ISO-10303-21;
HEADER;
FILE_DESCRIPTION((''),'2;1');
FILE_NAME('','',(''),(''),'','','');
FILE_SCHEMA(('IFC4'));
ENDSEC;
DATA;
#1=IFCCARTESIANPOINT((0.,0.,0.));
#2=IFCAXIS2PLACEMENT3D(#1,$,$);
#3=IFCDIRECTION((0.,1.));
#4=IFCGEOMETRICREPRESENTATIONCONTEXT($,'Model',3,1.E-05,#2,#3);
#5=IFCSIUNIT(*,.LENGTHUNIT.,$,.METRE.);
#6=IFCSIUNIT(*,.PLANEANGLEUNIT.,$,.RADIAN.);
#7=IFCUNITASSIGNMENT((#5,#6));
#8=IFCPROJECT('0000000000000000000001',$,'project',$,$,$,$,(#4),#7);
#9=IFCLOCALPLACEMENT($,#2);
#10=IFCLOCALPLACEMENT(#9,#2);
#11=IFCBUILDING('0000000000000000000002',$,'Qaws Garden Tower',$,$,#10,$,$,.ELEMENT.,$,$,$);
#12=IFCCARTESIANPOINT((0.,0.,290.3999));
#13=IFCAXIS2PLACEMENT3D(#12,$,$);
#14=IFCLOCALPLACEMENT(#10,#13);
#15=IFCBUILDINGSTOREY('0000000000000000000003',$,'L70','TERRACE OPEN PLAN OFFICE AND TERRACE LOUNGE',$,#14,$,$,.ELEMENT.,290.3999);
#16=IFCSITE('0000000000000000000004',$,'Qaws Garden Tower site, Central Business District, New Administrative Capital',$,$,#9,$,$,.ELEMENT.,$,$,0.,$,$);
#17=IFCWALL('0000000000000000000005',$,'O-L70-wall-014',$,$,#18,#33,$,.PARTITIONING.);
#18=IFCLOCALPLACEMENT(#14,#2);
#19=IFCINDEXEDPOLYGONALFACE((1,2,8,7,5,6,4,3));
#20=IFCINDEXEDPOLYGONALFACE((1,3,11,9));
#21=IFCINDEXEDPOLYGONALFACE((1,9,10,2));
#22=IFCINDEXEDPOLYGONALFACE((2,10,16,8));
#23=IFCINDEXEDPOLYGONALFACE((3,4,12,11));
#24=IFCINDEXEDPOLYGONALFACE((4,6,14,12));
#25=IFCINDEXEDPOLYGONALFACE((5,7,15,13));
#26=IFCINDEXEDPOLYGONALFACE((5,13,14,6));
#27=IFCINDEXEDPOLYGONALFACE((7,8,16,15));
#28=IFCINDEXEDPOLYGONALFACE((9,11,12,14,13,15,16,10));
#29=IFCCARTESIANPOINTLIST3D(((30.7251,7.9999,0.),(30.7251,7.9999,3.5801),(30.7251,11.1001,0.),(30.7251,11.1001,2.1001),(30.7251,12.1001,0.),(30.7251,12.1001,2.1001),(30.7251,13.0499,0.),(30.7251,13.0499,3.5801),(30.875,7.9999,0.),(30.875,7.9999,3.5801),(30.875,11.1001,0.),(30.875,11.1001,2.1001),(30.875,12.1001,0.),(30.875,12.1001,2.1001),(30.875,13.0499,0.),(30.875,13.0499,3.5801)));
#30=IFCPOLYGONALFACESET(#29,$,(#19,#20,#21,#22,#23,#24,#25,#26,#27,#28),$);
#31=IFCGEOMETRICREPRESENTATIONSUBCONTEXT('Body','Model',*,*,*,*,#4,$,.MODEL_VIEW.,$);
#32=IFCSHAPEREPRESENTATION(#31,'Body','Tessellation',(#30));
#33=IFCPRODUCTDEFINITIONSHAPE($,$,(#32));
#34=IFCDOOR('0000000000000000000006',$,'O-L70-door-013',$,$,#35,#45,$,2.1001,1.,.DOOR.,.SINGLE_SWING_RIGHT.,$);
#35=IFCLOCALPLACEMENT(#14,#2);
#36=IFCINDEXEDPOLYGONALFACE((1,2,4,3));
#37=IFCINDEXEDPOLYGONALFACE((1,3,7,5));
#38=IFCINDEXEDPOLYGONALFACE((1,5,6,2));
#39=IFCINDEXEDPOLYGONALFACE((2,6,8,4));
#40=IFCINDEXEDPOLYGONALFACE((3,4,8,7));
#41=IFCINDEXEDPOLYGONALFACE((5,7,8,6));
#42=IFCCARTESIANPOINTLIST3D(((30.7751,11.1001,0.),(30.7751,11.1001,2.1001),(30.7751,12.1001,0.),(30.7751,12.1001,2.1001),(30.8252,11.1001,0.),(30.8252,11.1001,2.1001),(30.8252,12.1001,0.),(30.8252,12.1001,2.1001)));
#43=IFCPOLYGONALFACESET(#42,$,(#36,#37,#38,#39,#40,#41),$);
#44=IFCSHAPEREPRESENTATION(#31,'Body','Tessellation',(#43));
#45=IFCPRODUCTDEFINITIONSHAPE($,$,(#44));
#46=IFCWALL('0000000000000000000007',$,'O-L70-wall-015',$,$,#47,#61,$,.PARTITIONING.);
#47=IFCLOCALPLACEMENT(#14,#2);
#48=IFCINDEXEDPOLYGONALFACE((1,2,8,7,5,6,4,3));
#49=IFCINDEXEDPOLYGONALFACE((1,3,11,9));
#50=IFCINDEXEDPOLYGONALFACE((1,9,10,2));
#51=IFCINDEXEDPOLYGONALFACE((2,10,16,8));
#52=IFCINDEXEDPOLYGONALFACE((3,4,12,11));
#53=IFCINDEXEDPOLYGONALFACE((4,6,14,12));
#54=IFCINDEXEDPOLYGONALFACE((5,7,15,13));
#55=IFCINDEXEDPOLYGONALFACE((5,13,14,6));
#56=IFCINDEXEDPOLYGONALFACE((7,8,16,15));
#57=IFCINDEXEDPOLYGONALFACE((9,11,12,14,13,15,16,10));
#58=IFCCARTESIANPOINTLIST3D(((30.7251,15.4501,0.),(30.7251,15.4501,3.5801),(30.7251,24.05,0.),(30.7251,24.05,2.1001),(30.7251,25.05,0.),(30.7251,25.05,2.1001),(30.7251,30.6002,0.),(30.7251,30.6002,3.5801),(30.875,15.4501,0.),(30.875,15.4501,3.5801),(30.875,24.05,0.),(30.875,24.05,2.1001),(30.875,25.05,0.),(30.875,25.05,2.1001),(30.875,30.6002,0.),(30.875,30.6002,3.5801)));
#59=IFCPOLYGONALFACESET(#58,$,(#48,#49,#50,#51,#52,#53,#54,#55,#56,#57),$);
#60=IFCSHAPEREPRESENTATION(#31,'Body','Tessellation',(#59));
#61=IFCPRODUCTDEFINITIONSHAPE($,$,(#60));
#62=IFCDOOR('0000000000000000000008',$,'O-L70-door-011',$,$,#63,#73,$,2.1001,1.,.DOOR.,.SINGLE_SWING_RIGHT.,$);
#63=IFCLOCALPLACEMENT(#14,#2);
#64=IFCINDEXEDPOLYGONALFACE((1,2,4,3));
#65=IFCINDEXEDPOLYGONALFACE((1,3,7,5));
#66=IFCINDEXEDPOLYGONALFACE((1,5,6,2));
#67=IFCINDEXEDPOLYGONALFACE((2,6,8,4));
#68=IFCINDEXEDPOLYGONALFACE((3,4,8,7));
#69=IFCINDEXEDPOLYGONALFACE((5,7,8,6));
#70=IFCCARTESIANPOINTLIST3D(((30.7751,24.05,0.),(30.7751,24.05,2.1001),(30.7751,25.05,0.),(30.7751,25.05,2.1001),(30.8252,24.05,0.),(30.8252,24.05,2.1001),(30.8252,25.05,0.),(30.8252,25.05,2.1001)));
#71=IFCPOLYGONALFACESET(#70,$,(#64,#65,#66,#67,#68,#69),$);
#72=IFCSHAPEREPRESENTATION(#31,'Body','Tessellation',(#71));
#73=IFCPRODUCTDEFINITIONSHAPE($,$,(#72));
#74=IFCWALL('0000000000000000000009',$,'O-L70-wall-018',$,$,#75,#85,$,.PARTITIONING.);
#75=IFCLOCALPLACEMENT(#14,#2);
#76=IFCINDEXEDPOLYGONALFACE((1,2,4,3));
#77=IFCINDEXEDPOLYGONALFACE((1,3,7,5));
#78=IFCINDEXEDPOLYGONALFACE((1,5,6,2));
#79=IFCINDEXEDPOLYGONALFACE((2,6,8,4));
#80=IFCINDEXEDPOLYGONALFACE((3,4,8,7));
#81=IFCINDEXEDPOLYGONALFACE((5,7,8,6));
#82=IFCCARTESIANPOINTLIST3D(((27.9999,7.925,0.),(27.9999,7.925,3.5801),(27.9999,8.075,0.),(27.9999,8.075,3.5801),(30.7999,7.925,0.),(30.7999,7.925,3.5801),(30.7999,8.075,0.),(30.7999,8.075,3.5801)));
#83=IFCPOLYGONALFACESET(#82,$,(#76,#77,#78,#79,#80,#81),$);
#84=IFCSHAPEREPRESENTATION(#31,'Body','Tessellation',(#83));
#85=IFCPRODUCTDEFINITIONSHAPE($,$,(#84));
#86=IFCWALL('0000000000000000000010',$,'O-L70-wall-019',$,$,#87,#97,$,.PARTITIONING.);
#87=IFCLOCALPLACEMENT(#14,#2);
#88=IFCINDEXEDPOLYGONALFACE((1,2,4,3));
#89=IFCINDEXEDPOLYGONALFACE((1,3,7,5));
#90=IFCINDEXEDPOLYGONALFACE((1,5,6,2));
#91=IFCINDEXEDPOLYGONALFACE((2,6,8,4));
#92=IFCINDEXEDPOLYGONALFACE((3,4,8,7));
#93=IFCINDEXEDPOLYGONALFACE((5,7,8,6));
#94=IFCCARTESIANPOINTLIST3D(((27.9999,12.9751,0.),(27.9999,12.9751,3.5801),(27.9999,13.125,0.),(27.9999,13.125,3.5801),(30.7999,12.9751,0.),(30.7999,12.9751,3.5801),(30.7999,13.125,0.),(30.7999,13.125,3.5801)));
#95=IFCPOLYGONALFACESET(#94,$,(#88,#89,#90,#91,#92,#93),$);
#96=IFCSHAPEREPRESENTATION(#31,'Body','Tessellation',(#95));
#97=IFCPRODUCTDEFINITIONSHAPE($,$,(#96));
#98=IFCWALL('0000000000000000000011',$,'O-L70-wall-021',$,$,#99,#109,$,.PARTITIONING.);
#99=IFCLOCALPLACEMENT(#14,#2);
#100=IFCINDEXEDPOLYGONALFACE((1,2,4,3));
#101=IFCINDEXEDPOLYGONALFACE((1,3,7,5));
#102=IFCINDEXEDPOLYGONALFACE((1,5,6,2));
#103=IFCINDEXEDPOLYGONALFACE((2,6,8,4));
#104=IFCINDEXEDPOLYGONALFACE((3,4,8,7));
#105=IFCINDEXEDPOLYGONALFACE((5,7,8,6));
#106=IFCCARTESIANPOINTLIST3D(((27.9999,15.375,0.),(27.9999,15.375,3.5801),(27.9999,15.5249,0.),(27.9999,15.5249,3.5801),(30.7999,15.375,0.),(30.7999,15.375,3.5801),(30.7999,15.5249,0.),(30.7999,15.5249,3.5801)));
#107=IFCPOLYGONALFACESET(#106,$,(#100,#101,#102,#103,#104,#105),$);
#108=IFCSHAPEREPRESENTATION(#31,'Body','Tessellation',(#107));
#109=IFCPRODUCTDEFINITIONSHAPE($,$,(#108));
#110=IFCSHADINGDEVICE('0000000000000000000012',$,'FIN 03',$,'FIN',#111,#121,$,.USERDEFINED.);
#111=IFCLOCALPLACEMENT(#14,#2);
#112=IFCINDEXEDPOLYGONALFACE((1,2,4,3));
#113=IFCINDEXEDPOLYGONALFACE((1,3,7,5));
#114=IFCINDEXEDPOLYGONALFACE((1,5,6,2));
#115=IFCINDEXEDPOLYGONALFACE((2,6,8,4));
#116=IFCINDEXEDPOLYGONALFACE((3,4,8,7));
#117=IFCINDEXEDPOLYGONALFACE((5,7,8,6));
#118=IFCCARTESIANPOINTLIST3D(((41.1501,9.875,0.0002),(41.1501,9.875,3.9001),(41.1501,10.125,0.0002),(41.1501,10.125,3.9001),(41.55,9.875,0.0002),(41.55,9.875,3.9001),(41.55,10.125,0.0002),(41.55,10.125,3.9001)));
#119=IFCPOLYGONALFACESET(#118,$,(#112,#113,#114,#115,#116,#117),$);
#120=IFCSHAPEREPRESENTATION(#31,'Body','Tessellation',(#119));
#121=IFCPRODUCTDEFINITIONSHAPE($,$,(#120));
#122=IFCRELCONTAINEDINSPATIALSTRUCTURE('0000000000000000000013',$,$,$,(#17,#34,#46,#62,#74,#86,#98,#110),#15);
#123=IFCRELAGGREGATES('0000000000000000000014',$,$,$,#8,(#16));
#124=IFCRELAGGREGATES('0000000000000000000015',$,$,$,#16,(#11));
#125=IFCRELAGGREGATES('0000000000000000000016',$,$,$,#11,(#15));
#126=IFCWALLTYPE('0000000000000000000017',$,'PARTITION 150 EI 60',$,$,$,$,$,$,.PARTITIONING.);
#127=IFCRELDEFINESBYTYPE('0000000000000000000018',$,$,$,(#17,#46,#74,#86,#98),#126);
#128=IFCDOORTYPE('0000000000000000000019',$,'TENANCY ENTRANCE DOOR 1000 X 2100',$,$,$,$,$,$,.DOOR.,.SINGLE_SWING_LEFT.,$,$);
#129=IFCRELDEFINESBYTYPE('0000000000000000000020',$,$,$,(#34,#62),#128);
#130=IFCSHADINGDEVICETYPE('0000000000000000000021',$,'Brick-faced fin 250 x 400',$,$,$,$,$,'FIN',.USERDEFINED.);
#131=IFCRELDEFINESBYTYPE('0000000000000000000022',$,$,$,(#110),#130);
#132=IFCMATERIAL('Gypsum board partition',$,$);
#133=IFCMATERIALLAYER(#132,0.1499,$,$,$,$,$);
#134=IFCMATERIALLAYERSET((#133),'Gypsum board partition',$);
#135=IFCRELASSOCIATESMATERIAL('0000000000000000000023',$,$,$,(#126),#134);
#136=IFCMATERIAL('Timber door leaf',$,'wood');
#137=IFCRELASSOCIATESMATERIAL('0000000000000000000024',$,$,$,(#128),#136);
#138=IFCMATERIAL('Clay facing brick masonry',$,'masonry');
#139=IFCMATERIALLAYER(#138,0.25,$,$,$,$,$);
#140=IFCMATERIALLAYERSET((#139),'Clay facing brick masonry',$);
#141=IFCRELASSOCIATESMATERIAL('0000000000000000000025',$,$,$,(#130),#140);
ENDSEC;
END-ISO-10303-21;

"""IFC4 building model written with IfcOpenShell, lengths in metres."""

from ifc_helpers import new_model, si_unit, direction, frame, frame_2d, origin, origin_2d, place, context, subcontext, project, spatial, rectangle, extrude, material, layer, layer_set, type_object, element, fill, save


model = new_model("IFC4")

# Units and contexts
model_context = context("Model", 3, precision=1e-05, world=origin(), true_north=direction((0.0, 1.0)))
body_context = subcontext(model_context, "Body", "Model", "MODEL_VIEW")
ifc_project = project(units=[si_unit("LENGTHUNIT", "METRE"), si_unit("PLANEANGLEUNIT", "RADIAN")], contexts=[model_context])

# Site, building, storey
site_placement = place(None, origin())
site = spatial("IfcSite", under=ifc_project, at=site_placement, Name="Qaws Garden Tower site, Central Business District, New Administrative Capital", CompositionType="ELEMENT", RefElevation=0.0)
building_placement = place(site_placement, origin())
building = spatial("IfcBuilding", under=site, at=building_placement, Name="Qaws Garden Tower", CompositionType="ELEMENT")
storey_placement = place(building_placement, frame((0.0, 0.0, 290.3999)))
storey = spatial("IfcBuildingStorey", under=building, at=storey_placement, Name="L70", Description="TERRACE OPEN PLAN OFFICE AND TERRACE LOUNGE", CompositionType="ELEMENT", Elevation=290.3999)

# Walls, openings, doors
ifc_material_1 = material(Name="Gypsum board partition")
ifc_layer_1 = layer(ifc_material_1, 0.1499)
ifc_layer_set_1 = layer_set([ifc_layer_1], Name="Gypsum board partition")
wall_type_1 = type_object("IfcWallType", Name="PARTITION 150 EI 60", PredefinedType="PARTITIONING", material=ifc_layer_set_1)
wall_1_placement = place(storey_placement, frame((30.8, 8.0, 0.0), z_axis=(0.0, 0.0, 1.0), x_axis=(0.0, 1.0, 0.0)))
wall_1 = element("IfcWall", 1, at=wall_1_placement, inside=storey, type_object=wall_type_1, Name="O-L70-wall-014", PredefinedType="PARTITIONING", context=body_context, shape_type="SweptSolid", body=[
    extrude(rectangle(XDim=5.05, YDim=0.1499, at=frame_2d((2.5249, 0.0))), origin(), (0.0, 0.0, 1.0), 3.5801),
])
opening_1_placement = place(wall_1_placement, frame((3.1001, 0.0, 0.0)))
opening_1 = element("IfcOpeningElement", 2, at=opening_1_placement, cuts=wall_1, PredefinedType="OPENING", context=body_context, shape_type="SweptSolid", body=[
    extrude(rectangle(XDim=1.0, YDim=2.1001, at=frame_2d((0.5, 1.05))), frame((0.0, 0.085, 0.0), z_axis=(0.0, -1.0, 0.0), x_axis=(1.0, 0.0, 0.0)), (0.0, 0.0, 1.0), 0.1699),
])
ifc_material_2 = material(Name="Timber door leaf", Category="wood")
door_type_1 = type_object("IfcDoorType", Name="TENANCY ENTRANCE DOOR 1000 X 2100", OperationType="SINGLE_SWING_LEFT", PredefinedType="DOOR", material=ifc_material_2)
door_1_placement = place(opening_1_placement, origin())
door_1 = element("IfcDoor", 3, at=door_1_placement, inside=storey, type_object=door_type_1, Name="O-L70-door-013", OperationType="SINGLE_SWING_RIGHT", OverallHeight=2.1001, OverallWidth=1.0, PredefinedType="DOOR", context=body_context, shape_type="SweptSolid", body=[
    extrude(rectangle(XDim=1.0, YDim=2.1001, at=frame_2d((0.5, 1.05))), frame((0.0, 0.0249, 0.0), z_axis=(0.0, -1.0, 0.0), x_axis=(1.0, 0.0, 0.0)), (0.0, 0.0, 1.0), 0.05),
])
fill(opening_1, door_1)
wall_2_placement = place(storey_placement, frame((30.8, 15.45, 0.0), z_axis=(0.0, 0.0, 1.0), x_axis=(0.0, 1.0, 0.0)))
wall_2 = element("IfcWall", 4, at=wall_2_placement, inside=storey, type_object=wall_type_1, Name="O-L70-wall-015", PredefinedType="PARTITIONING", context=body_context, shape_type="SweptSolid", body=[
    extrude(rectangle(XDim=15.1501, YDim=0.1499, at=frame_2d((7.5752, 0.0))), origin(), (0.0, 0.0, 1.0), 3.5801),
])
opening_2_placement = place(wall_2_placement, frame((8.6001, 0.0, 0.0)))
opening_2 = element("IfcOpeningElement", 5, at=opening_2_placement, cuts=wall_2, PredefinedType="OPENING", context=body_context, shape_type="SweptSolid", body=[
    extrude(rectangle(XDim=1.0, YDim=2.1001, at=frame_2d((0.5, 1.05))), frame((0.0, 0.085, 0.0), z_axis=(0.0, -1.0, 0.0), x_axis=(1.0, 0.0, 0.0)), (0.0, 0.0, 1.0), 0.1699),
])
door_2_placement = place(opening_2_placement, origin())
door_2 = element("IfcDoor", 6, at=door_2_placement, inside=storey, type_object=door_type_1, Name="O-L70-door-011", OperationType="SINGLE_SWING_RIGHT", OverallHeight=2.1001, OverallWidth=1.0, PredefinedType="DOOR", context=body_context, shape_type="SweptSolid", body=[
    extrude(rectangle(XDim=1.0, YDim=2.1001, at=frame_2d((0.5, 1.05))), frame((0.0, 0.0249, 0.0), z_axis=(0.0, -1.0, 0.0), x_axis=(1.0, 0.0, 0.0)), (0.0, 0.0, 1.0), 0.05),
])
fill(opening_2, door_2)

# Walls
for number, where, z_axis, x_axis, name in (
    (7, (28.0, 8.0, 0.0), (0.0, 0.0, 1.0), (1.0, 0.0, 0.0), "O-L70-wall-018"),
    (8, (28.0, 13.05, 0.0), (0.0, 0.0, 1.0), (1.0, 0.0, 0.0), "O-L70-wall-019"),
    (9, (28.0, 15.45, 0.0), (0.0, 0.0, 1.0), (1.0, 0.0, 0.0), "O-L70-wall-021"),
):
    element("IfcWall", number, at=place(storey_placement, frame(where, z_axis=z_axis, x_axis=x_axis)), inside=storey, type_object=wall_type_1, Name=name, PredefinedType="PARTITIONING", context=body_context, shape_type="SweptSolid", body=[
        extrude(rectangle(XDim=2.8, YDim=0.1499, at=frame_2d((1.3999, 0.0))), origin(), (0.0, 0.0, 1.0), 3.5801),
    ])

# Shading device
ifc_material_3 = material(Name="Clay facing brick masonry", Category="masonry")
ifc_layer_2 = layer(ifc_material_3, 0.25)
ifc_layer_set_2 = layer_set([ifc_layer_2], Name="Clay facing brick masonry")
shading_device_type = type_object("IfcShadingDeviceType", Name="Brick-faced fin 250 x 400", ElementType="FIN", PredefinedType="USERDEFINED", material=ifc_layer_set_2)
shading_device_placement = place(storey_placement, frame((41.3501, 10.0, 0.0002), z_axis=(0.0, 0.0, 1.0), x_axis=(0.0, 1.0, 0.0)))
element("IfcShadingDevice", 10, at=shading_device_placement, inside=storey, type_object=shading_device_type, Name="FIN 03", ObjectType="FIN", PredefinedType="USERDEFINED", context=body_context, shape_type="SweptSolid", body=[
    extrude(rectangle(XDim=0.25, YDim=0.3999, at=origin_2d()), origin(), (0.0, 0.0, 1.0), 3.8999),
])

save(model, "model.ifc")
